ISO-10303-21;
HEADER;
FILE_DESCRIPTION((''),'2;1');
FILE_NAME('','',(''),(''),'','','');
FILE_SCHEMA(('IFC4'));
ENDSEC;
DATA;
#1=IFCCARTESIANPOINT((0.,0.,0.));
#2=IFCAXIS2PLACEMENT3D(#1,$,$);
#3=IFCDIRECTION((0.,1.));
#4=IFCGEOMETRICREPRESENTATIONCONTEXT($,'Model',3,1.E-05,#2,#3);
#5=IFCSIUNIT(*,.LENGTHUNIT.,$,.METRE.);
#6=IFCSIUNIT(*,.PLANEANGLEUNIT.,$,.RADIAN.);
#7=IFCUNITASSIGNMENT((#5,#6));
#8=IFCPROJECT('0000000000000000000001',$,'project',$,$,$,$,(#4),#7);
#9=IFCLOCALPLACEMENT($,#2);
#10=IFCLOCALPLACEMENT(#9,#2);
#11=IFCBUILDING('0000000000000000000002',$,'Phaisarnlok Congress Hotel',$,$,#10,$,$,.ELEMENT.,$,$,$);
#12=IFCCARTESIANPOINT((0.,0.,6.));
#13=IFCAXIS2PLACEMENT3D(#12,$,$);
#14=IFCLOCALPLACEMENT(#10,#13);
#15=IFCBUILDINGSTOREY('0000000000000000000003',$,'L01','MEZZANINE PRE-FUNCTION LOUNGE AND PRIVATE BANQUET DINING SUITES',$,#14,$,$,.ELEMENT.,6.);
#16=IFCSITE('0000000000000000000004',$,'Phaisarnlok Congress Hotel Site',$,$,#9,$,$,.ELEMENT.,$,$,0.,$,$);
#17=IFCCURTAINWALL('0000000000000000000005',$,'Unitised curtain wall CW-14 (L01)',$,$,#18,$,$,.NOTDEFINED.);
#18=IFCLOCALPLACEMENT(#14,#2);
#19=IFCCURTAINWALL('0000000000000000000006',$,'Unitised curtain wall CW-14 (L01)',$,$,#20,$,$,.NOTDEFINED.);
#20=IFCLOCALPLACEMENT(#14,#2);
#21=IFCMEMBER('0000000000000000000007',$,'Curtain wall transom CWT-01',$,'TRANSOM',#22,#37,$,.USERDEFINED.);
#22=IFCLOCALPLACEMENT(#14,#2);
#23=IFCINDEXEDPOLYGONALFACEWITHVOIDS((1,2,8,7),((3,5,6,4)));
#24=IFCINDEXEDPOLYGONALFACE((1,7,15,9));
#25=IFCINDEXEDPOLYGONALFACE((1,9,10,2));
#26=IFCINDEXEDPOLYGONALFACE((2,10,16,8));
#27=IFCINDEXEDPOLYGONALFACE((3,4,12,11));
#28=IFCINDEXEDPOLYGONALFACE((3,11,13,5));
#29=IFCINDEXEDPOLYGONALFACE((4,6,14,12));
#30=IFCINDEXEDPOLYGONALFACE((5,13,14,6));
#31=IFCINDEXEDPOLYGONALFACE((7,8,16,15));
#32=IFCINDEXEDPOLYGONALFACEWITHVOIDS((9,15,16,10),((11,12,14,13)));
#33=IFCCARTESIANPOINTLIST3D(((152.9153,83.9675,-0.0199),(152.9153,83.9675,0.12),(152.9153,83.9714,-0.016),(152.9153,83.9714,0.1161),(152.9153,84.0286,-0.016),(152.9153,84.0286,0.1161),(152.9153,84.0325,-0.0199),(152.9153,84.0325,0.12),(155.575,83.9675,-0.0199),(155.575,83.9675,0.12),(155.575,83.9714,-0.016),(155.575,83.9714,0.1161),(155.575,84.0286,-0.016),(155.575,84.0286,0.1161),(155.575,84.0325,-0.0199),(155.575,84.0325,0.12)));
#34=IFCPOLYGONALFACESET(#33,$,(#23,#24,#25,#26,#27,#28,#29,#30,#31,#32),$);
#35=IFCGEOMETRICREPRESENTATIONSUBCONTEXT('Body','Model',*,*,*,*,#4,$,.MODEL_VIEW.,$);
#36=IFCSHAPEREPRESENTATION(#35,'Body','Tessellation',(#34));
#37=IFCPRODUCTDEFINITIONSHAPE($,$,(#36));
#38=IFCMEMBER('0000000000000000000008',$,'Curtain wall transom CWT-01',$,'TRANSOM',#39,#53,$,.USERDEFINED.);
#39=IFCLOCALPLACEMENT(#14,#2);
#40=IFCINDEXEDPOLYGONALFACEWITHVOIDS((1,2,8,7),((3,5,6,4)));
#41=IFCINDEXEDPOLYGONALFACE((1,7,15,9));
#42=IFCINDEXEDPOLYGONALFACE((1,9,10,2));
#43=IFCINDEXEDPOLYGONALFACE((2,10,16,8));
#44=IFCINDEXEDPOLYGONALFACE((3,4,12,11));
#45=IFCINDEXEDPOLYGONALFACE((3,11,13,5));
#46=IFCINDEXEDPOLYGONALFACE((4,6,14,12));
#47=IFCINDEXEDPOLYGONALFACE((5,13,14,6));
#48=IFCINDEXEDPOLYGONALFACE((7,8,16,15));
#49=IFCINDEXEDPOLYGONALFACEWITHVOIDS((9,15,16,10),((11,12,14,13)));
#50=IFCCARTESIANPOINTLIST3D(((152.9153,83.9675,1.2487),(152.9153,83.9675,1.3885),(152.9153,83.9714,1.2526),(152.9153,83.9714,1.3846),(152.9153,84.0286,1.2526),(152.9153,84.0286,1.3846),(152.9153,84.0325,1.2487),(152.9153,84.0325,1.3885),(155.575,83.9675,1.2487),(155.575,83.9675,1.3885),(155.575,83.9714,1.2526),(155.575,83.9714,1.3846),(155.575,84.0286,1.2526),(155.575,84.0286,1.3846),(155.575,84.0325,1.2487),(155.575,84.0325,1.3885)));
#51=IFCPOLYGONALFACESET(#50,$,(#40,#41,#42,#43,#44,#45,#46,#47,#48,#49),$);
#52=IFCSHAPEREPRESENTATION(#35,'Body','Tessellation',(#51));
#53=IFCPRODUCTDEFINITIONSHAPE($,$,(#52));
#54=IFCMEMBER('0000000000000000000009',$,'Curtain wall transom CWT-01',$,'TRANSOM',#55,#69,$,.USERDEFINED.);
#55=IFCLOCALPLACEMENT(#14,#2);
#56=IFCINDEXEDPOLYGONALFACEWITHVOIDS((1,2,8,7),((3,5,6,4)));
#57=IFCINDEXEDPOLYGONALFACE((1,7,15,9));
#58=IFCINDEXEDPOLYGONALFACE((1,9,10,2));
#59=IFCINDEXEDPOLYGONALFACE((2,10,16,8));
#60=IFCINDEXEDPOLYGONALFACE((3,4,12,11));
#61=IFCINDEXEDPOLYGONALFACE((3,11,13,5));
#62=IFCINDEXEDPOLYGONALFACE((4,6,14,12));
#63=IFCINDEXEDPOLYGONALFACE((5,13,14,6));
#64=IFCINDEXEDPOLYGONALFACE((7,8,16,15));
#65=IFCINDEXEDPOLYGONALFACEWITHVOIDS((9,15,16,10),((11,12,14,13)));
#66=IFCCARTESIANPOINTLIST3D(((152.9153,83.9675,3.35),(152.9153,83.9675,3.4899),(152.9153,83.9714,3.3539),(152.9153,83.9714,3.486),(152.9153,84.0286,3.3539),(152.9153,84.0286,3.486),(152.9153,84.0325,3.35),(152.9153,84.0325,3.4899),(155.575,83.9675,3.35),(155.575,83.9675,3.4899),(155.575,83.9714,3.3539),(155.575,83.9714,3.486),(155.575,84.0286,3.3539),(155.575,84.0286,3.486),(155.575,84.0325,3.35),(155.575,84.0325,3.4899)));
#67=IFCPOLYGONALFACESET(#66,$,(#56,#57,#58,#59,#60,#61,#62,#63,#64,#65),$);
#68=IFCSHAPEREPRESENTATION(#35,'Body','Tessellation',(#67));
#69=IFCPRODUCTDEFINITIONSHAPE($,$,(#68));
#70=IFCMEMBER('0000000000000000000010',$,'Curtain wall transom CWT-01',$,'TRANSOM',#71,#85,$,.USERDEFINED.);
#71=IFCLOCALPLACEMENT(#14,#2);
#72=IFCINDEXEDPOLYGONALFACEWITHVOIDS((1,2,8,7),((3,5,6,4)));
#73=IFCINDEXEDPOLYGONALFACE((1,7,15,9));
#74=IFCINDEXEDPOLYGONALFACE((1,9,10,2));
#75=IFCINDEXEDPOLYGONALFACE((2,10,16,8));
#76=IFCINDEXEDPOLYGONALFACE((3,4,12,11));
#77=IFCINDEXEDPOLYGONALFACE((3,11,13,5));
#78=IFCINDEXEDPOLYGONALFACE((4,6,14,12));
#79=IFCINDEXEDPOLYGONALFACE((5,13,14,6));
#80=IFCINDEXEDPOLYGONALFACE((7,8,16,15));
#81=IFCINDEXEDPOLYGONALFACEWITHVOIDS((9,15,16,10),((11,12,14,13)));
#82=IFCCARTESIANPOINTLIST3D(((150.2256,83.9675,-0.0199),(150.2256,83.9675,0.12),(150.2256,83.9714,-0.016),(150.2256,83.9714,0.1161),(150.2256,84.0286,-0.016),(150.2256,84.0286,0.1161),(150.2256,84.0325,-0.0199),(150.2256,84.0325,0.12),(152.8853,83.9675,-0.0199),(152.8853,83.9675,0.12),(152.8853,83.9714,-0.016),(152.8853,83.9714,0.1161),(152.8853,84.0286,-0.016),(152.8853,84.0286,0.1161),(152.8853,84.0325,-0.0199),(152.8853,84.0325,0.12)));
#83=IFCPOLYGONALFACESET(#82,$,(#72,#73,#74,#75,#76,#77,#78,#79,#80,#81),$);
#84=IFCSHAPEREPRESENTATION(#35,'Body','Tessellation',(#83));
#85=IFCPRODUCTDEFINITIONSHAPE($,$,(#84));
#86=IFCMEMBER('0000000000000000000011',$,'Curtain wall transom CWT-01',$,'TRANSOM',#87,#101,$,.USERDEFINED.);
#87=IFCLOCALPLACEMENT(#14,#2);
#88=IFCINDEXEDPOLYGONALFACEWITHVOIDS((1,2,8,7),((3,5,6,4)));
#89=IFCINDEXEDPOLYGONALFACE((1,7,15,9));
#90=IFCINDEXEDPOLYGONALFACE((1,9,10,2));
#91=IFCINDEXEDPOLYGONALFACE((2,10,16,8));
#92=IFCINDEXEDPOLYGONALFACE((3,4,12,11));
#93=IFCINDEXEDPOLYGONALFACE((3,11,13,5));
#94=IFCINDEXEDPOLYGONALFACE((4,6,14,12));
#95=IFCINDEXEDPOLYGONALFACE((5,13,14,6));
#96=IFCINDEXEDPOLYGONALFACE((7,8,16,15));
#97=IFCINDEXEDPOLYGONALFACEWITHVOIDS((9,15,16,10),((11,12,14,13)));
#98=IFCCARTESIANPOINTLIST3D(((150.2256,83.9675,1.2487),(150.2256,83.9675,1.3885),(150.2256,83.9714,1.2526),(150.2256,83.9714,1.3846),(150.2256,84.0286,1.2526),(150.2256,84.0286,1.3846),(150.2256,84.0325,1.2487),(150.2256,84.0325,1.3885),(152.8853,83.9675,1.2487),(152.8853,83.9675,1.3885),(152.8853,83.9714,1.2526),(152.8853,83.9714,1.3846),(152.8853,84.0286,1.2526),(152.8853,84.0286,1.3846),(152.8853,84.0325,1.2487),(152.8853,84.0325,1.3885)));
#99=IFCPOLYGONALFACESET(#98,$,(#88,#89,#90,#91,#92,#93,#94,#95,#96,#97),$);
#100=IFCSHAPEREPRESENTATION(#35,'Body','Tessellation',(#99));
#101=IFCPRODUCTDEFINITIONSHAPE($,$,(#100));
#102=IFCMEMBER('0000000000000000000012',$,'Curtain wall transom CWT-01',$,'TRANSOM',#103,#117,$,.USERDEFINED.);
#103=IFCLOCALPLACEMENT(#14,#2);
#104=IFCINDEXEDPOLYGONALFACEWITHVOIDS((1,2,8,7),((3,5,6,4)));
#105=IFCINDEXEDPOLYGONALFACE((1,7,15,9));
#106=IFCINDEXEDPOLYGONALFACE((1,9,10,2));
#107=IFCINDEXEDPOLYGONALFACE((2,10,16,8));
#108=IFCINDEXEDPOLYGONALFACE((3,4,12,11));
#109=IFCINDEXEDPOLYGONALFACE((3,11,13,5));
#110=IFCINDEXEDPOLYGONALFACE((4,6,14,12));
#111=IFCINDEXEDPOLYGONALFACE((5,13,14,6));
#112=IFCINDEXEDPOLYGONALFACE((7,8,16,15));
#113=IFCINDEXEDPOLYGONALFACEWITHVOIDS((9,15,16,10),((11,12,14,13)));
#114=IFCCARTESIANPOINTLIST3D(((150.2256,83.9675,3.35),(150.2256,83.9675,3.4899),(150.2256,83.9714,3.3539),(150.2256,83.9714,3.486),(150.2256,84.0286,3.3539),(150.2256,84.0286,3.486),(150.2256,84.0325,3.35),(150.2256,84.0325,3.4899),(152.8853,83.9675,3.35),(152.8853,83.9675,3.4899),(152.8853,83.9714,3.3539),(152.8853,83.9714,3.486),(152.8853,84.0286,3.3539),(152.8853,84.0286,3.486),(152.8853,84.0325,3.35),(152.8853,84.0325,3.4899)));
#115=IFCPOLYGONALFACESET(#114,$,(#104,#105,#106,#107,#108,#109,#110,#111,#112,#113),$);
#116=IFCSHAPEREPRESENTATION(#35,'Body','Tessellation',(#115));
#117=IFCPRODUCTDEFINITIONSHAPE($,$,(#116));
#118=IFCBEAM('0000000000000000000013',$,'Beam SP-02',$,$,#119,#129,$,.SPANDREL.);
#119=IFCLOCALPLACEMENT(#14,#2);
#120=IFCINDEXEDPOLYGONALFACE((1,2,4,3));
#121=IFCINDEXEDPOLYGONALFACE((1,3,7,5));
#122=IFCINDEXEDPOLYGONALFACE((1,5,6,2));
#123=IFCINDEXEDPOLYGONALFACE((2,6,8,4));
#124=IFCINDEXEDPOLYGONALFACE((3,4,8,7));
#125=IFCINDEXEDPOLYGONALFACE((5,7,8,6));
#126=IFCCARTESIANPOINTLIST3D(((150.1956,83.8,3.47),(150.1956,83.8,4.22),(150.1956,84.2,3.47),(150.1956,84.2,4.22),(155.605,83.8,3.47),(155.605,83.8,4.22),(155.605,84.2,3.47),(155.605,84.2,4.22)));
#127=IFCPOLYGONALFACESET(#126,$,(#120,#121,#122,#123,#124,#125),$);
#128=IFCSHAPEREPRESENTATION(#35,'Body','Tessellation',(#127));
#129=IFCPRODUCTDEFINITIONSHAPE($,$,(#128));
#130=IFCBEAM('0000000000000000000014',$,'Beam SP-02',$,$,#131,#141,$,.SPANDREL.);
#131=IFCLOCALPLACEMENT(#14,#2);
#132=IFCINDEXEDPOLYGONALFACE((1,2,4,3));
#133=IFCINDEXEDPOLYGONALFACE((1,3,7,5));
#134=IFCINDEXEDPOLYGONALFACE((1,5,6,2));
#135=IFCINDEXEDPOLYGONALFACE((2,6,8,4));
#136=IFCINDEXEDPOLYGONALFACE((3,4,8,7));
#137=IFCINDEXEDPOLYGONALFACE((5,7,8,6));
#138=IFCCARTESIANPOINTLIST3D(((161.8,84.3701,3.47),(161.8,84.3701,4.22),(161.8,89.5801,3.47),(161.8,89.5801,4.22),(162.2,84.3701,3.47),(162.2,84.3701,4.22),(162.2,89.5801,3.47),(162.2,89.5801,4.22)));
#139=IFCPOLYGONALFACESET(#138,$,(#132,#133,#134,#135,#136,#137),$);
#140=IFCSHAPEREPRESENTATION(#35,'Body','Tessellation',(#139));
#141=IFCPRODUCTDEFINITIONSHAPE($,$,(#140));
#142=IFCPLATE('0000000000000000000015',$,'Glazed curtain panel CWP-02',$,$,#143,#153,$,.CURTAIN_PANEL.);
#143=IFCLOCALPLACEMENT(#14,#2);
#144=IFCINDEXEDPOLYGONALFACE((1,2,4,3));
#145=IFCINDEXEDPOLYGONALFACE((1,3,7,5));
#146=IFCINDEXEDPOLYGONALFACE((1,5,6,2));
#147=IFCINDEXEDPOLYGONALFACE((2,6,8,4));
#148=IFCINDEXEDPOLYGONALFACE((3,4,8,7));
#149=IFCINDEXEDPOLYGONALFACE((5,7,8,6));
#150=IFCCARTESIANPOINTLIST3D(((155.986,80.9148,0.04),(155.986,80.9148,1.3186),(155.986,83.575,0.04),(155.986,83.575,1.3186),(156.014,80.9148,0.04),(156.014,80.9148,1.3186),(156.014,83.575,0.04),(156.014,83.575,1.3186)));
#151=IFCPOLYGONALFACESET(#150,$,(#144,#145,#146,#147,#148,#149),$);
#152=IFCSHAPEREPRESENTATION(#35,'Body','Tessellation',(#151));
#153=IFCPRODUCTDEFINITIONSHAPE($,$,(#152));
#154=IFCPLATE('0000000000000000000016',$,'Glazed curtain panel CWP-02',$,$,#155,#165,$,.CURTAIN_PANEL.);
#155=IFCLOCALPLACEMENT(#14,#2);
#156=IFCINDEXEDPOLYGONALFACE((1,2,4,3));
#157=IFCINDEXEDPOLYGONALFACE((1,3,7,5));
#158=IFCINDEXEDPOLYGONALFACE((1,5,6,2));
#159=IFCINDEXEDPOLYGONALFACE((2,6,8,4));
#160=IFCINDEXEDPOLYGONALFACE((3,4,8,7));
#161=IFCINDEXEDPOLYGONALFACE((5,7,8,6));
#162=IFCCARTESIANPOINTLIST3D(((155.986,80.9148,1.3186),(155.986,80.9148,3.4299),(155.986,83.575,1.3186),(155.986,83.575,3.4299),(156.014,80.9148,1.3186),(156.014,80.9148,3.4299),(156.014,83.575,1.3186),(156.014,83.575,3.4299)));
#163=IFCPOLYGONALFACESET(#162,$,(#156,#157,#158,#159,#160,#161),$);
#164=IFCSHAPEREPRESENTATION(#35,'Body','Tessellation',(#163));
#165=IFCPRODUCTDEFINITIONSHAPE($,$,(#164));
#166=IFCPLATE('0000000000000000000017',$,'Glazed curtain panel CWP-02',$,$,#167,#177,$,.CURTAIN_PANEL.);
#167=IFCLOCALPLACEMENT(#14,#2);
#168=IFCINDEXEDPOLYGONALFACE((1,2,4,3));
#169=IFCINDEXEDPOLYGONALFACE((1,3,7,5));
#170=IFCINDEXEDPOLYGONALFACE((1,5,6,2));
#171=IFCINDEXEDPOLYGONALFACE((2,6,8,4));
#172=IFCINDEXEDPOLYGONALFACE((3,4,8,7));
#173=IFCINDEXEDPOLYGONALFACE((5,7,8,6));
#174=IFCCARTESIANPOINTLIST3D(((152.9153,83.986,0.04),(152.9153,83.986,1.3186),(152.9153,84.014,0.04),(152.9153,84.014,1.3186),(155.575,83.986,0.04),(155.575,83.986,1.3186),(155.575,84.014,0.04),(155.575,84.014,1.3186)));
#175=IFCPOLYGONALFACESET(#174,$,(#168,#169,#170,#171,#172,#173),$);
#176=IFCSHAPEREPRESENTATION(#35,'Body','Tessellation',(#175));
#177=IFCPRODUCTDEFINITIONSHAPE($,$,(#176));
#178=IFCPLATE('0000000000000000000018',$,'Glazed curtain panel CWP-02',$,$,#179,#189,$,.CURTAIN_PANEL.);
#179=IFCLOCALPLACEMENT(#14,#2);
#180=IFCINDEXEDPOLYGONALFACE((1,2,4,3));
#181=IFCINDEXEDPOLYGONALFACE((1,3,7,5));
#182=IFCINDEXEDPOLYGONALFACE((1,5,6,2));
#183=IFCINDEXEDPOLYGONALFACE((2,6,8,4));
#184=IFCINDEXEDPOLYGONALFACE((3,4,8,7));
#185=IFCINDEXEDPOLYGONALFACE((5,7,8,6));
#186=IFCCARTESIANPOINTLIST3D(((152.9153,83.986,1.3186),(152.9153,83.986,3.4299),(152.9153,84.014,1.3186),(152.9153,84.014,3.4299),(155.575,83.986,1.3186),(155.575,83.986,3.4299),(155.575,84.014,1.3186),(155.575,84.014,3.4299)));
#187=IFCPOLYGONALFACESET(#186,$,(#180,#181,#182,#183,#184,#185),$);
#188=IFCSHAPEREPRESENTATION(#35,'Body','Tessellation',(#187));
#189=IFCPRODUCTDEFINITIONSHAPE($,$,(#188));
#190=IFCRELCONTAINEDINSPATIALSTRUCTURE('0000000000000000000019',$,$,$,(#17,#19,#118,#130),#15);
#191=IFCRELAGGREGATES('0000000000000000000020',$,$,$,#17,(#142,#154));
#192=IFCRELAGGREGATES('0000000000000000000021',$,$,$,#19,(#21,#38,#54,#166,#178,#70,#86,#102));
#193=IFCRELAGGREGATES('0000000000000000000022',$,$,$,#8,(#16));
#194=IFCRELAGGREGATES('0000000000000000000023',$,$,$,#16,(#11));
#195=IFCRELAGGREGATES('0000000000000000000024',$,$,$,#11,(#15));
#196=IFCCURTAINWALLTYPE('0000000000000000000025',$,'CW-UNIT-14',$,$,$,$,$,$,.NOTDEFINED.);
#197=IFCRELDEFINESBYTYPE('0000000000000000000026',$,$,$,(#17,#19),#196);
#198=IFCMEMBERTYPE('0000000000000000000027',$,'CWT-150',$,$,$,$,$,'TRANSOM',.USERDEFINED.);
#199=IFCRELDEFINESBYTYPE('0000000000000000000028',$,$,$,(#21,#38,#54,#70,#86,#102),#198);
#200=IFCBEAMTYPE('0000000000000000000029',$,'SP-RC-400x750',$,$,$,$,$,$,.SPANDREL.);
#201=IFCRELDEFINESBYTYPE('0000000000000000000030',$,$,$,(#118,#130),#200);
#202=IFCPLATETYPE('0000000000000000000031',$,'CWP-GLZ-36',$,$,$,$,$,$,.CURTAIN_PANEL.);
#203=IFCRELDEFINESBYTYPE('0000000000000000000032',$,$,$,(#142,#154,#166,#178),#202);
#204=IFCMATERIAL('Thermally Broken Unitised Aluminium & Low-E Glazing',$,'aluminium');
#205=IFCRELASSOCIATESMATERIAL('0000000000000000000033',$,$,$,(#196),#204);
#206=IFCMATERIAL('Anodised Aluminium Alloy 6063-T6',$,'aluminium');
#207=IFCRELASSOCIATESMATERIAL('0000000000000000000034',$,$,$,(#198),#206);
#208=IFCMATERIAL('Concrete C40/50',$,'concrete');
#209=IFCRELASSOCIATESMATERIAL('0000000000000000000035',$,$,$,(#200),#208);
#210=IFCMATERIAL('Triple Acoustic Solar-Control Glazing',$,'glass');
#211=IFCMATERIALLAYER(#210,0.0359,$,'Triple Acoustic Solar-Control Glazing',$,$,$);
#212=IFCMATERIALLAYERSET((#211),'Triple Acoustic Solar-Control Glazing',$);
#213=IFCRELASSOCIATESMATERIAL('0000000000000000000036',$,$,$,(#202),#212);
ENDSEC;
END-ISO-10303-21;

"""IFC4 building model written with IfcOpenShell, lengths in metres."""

from ifc_helpers import new_model, si_unit, direction, frame, frame_2d, origin, origin_2d, place, context, subcontext, project, spatial, rectangle, hollow_rectangle, extrude, material, layer, layer_set, material_profile, profile_set, type_object, element, aggregate, save


model = new_model("IFC4")

# Units and contexts
model_context = context("Model", 3, precision=1e-05, world=origin(), true_north=direction((0.0, 1.0)))
body_context = subcontext(model_context, "Body", "Model", "MODEL_VIEW")
ifc_project = project(units=[si_unit("LENGTHUNIT", "METRE"), si_unit("PLANEANGLEUNIT", "RADIAN")], contexts=[model_context])

# Site, building, storey
site_placement = place(None, origin())
site = spatial("IfcSite", under=ifc_project, at=site_placement, Name="Phaisarnlok Congress Hotel Site", CompositionType="ELEMENT", RefElevation=0.0)
building_placement = place(site_placement, origin())
building = spatial("IfcBuilding", under=site, at=building_placement, Name="Phaisarnlok Congress Hotel", CompositionType="ELEMENT")
storey_placement = place(building_placement, frame((0.0, 0.0, 6.0)))
storey = spatial("IfcBuildingStorey", under=building, at=storey_placement, Name="L01", Description="MEZZANINE PRE-FUNCTION LOUNGE AND PRIVATE BANQUET DINING SUITES", CompositionType="ELEMENT", Elevation=6.0)

# Curtain walls
ifc_material_1 = material(Name="Thermally Broken Unitised Aluminium & Low-E Glazing", Category="aluminium")
curtain_wall_type = type_object("IfcCurtainWallType", Name="CW-UNIT-14", PredefinedType="NOTDEFINED", material=ifc_material_1)
curtain_wall_1_placement = place(storey_placement, origin())
curtain_wall_1 = element("IfcCurtainWall", 1, at=curtain_wall_1_placement, inside=storey, type_object=curtain_wall_type, Name="Unitised curtain wall CW-14 (L01)", PredefinedType="NOTDEFINED")
ifc_material_2 = material(Name="Anodised Aluminium Alloy 6063-T6", Category="aluminium")
curtain_wall_2_placement = place(storey_placement, origin())
curtain_wall_2 = element("IfcCurtainWall", 2, at=curtain_wall_2_placement, inside=storey, type_object=curtain_wall_type, Name="Unitised curtain wall CW-14 (L01)", PredefinedType="NOTDEFINED")

# Members
ifc_material_profile_1 = material_profile(ifc_material_2, hollow_rectangle(XDim=0.0649, YDim=0.1399, WallThickness=0.0039, at=origin_2d()), Name="ALU-T 65x140x4")
ifc_profile_set_1 = profile_set([ifc_material_profile_1], Name="Anodised Aluminium Alloy 6063-T6")
member_type_1 = type_object("IfcMemberType", Name="CWT-150", ElementType="TRANSOM", PredefinedType="USERDEFINED", material=ifc_profile_set_1)
member_1_placement = place(storey_placement, frame((155.575, 84.0, 0.05), z_axis=(-1.0, 0.0, 0.0), x_axis=(0.0, -1.0, 0.0)))
member_1 = element("IfcMember", 3, at=member_1_placement, type_object=member_type_1, Name="Curtain wall transom CWT-01", ObjectType="TRANSOM", PredefinedType="USERDEFINED", context=body_context, shape_type="SweptSolid", body=[
    extrude(hollow_rectangle(XDim=0.0649, YDim=0.1399, WallThickness=0.0039, at=origin_2d()), origin(), (0.0, 0.0, 1.0), 2.6597),
])
member_2_placement = place(storey_placement, frame((155.575, 84.0, 1.3186), z_axis=(-1.0, 0.0, 0.0), x_axis=(0.0, -1.0, 0.0)))
member_2 = element("IfcMember", 4, at=member_2_placement, type_object=member_type_1, Name="Curtain wall transom CWT-01", ObjectType="TRANSOM", PredefinedType="USERDEFINED", context=body_context, shape_type="SweptSolid", body=[
    extrude(hollow_rectangle(XDim=0.0649, YDim=0.1399, WallThickness=0.0039, at=origin_2d()), origin(), (0.0, 0.0, 1.0), 2.6597),
])
member_3_placement = place(storey_placement, frame((155.575, 84.0, 3.4199), z_axis=(-1.0, 0.0, 0.0), x_axis=(0.0, -1.0, 0.0)))
member_3 = element("IfcMember", 5, at=member_3_placement, type_object=member_type_1, Name="Curtain wall transom CWT-01", ObjectType="TRANSOM", PredefinedType="USERDEFINED", context=body_context, shape_type="SweptSolid", body=[
    extrude(hollow_rectangle(XDim=0.0649, YDim=0.1399, WallThickness=0.0039, at=origin_2d()), origin(), (0.0, 0.0, 1.0), 2.6597),
])
member_4_placement = place(storey_placement, frame((152.8853, 84.0, 0.05), z_axis=(-1.0, 0.0, 0.0), x_axis=(0.0, -1.0, 0.0)))
member_4 = element("IfcMember", 6, at=member_4_placement, type_object=member_type_1, Name="Curtain wall transom CWT-01", ObjectType="TRANSOM", PredefinedType="USERDEFINED", context=body_context, shape_type="SweptSolid", body=[
    extrude(hollow_rectangle(XDim=0.0649, YDim=0.1399, WallThickness=0.0039, at=origin_2d()), origin(), (0.0, 0.0, 1.0), 2.6597),
])
member_5_placement = place(storey_placement, frame((152.8853, 84.0, 1.3186), z_axis=(-1.0, 0.0, 0.0), x_axis=(0.0, -1.0, 0.0)))
member_5 = element("IfcMember", 7, at=member_5_placement, type_object=member_type_1, Name="Curtain wall transom CWT-01", ObjectType="TRANSOM", PredefinedType="USERDEFINED", context=body_context, shape_type="SweptSolid", body=[
    extrude(hollow_rectangle(XDim=0.0649, YDim=0.1399, WallThickness=0.0039, at=origin_2d()), origin(), (0.0, 0.0, 1.0), 2.6597),
])
member_6_placement = place(storey_placement, frame((152.8853, 84.0, 3.4199), z_axis=(-1.0, 0.0, 0.0), x_axis=(0.0, -1.0, 0.0)))
member_6 = element("IfcMember", 8, at=member_6_placement, type_object=member_type_1, Name="Curtain wall transom CWT-01", ObjectType="TRANSOM", PredefinedType="USERDEFINED", context=body_context, shape_type="SweptSolid", body=[
    extrude(hollow_rectangle(XDim=0.0649, YDim=0.1399, WallThickness=0.0039, at=origin_2d()), origin(), (0.0, 0.0, 1.0), 2.6597),
])

# Beams
ifc_material_3 = material(Name="Concrete C40/50", Category="concrete")
ifc_material_profile_2 = material_profile(ifc_material_3, rectangle(XDim=0.3999, YDim=0.75, at=origin_2d()), Name="RC 400x750")
ifc_profile_set_2 = profile_set([ifc_material_profile_2], Name="Concrete C40/50")
beam_type = type_object("IfcBeamType", Name="SP-RC-400x750", PredefinedType="SPANDREL", material=ifc_profile_set_2)
beam_1_placement = place(storey_placement, frame((150.1956, 84.0, 3.845), z_axis=(1.0, 0.0, 0.0), x_axis=(0.0, 1.0, 0.0)))
element("IfcBeam", 9, at=beam_1_placement, inside=storey, type_object=beam_type, Name="Beam SP-02", PredefinedType="SPANDREL", context=body_context, shape_type="SweptSolid", body=[
    extrude(rectangle(XDim=0.3999, YDim=0.75, at=origin_2d()), origin(), (0.0, 0.0, 1.0), 5.4094),
])
beam_2_placement = place(storey_placement, frame((162.0, 84.3701, 3.845), z_axis=(0.0, 1.0, 0.0), x_axis=(-1.0, 0.0, 0.0)))
element("IfcBeam", 10, at=beam_2_placement, inside=storey, type_object=beam_type, Name="Beam SP-02", PredefinedType="SPANDREL", context=body_context, shape_type="SweptSolid", body=[
    extrude(rectangle(XDim=0.3999, YDim=0.75, at=origin_2d()), origin(), (0.0, 0.0, 1.0), 5.21),
])

# Plates
ifc_material_4 = material(Name="Triple Acoustic Solar-Control Glazing", Category="glass")
ifc_layer = layer(ifc_material_4, 0.0359, Name="Triple Acoustic Solar-Control Glazing")
ifc_layer_set = layer_set([ifc_layer], Name="Triple Acoustic Solar-Control Glazing")
plate_type = type_object("IfcPlateType", Name="CWP-GLZ-36", PredefinedType="CURTAIN_PANEL", material=ifc_layer_set)
plate_1_placement = place(storey_placement, frame((156.0, 80.9148, 0.04), z_axis=(0.0, 0.0, 1.0), x_axis=(0.0, 1.0, 0.0)))
plate_1 = element("IfcPlate", 11, at=plate_1_placement, type_object=plate_type, Name="Glazed curtain panel CWP-02", PredefinedType="CURTAIN_PANEL", context=body_context, shape_type="SweptSolid", body=[
    extrude(rectangle(XDim=2.6602, YDim=0.0281, at=frame_2d((1.3301, 0.0))), origin(), (0.0, 0.0, 1.0), 1.2786),
])
plate_2_placement = place(storey_placement, frame((156.0, 80.9148, 1.3186), z_axis=(0.0, 0.0, 1.0), x_axis=(0.0, 1.0, 0.0)))
plate_2 = element("IfcPlate", 12, at=plate_2_placement, type_object=plate_type, Name="Glazed curtain panel CWP-02", PredefinedType="CURTAIN_PANEL", context=body_context, shape_type="SweptSolid", body=[
    extrude(rectangle(XDim=2.6602, YDim=0.0281, at=frame_2d((1.3301, 0.0))), origin(), (0.0, 0.0, 1.0), 2.1113),
])
aggregate(curtain_wall_1, [plate_1, plate_2])
plate_3_placement = place(storey_placement, frame((155.575, 84.0, 0.04), z_axis=(0.0, 0.0, 1.0), x_axis=(-1.0, 0.0, 0.0)))
plate_3 = element("IfcPlate", 13, at=plate_3_placement, type_object=plate_type, Name="Glazed curtain panel CWP-02", PredefinedType="CURTAIN_PANEL", context=body_context, shape_type="SweptSolid", body=[
    extrude(rectangle(XDim=2.6597, YDim=0.0281, at=frame_2d((1.3298, 0.0))), origin(), (0.0, 0.0, 1.0), 1.2786),
])
plate_4_placement = place(storey_placement, frame((155.575, 84.0, 1.3186), z_axis=(0.0, 0.0, 1.0), x_axis=(-1.0, 0.0, 0.0)))
plate_4 = element("IfcPlate", 14, at=plate_4_placement, type_object=plate_type, Name="Glazed curtain panel CWP-02", PredefinedType="CURTAIN_PANEL", context=body_context, shape_type="SweptSolid", body=[
    extrude(rectangle(XDim=2.6597, YDim=0.0281, at=frame_2d((1.3298, 0.0))), origin(), (0.0, 0.0, 1.0), 2.1113),
])
aggregate(curtain_wall_2, [member_1, member_2, member_3, plate_3, plate_4, member_4, member_5, member_6])

save(model, "model.ifc")
